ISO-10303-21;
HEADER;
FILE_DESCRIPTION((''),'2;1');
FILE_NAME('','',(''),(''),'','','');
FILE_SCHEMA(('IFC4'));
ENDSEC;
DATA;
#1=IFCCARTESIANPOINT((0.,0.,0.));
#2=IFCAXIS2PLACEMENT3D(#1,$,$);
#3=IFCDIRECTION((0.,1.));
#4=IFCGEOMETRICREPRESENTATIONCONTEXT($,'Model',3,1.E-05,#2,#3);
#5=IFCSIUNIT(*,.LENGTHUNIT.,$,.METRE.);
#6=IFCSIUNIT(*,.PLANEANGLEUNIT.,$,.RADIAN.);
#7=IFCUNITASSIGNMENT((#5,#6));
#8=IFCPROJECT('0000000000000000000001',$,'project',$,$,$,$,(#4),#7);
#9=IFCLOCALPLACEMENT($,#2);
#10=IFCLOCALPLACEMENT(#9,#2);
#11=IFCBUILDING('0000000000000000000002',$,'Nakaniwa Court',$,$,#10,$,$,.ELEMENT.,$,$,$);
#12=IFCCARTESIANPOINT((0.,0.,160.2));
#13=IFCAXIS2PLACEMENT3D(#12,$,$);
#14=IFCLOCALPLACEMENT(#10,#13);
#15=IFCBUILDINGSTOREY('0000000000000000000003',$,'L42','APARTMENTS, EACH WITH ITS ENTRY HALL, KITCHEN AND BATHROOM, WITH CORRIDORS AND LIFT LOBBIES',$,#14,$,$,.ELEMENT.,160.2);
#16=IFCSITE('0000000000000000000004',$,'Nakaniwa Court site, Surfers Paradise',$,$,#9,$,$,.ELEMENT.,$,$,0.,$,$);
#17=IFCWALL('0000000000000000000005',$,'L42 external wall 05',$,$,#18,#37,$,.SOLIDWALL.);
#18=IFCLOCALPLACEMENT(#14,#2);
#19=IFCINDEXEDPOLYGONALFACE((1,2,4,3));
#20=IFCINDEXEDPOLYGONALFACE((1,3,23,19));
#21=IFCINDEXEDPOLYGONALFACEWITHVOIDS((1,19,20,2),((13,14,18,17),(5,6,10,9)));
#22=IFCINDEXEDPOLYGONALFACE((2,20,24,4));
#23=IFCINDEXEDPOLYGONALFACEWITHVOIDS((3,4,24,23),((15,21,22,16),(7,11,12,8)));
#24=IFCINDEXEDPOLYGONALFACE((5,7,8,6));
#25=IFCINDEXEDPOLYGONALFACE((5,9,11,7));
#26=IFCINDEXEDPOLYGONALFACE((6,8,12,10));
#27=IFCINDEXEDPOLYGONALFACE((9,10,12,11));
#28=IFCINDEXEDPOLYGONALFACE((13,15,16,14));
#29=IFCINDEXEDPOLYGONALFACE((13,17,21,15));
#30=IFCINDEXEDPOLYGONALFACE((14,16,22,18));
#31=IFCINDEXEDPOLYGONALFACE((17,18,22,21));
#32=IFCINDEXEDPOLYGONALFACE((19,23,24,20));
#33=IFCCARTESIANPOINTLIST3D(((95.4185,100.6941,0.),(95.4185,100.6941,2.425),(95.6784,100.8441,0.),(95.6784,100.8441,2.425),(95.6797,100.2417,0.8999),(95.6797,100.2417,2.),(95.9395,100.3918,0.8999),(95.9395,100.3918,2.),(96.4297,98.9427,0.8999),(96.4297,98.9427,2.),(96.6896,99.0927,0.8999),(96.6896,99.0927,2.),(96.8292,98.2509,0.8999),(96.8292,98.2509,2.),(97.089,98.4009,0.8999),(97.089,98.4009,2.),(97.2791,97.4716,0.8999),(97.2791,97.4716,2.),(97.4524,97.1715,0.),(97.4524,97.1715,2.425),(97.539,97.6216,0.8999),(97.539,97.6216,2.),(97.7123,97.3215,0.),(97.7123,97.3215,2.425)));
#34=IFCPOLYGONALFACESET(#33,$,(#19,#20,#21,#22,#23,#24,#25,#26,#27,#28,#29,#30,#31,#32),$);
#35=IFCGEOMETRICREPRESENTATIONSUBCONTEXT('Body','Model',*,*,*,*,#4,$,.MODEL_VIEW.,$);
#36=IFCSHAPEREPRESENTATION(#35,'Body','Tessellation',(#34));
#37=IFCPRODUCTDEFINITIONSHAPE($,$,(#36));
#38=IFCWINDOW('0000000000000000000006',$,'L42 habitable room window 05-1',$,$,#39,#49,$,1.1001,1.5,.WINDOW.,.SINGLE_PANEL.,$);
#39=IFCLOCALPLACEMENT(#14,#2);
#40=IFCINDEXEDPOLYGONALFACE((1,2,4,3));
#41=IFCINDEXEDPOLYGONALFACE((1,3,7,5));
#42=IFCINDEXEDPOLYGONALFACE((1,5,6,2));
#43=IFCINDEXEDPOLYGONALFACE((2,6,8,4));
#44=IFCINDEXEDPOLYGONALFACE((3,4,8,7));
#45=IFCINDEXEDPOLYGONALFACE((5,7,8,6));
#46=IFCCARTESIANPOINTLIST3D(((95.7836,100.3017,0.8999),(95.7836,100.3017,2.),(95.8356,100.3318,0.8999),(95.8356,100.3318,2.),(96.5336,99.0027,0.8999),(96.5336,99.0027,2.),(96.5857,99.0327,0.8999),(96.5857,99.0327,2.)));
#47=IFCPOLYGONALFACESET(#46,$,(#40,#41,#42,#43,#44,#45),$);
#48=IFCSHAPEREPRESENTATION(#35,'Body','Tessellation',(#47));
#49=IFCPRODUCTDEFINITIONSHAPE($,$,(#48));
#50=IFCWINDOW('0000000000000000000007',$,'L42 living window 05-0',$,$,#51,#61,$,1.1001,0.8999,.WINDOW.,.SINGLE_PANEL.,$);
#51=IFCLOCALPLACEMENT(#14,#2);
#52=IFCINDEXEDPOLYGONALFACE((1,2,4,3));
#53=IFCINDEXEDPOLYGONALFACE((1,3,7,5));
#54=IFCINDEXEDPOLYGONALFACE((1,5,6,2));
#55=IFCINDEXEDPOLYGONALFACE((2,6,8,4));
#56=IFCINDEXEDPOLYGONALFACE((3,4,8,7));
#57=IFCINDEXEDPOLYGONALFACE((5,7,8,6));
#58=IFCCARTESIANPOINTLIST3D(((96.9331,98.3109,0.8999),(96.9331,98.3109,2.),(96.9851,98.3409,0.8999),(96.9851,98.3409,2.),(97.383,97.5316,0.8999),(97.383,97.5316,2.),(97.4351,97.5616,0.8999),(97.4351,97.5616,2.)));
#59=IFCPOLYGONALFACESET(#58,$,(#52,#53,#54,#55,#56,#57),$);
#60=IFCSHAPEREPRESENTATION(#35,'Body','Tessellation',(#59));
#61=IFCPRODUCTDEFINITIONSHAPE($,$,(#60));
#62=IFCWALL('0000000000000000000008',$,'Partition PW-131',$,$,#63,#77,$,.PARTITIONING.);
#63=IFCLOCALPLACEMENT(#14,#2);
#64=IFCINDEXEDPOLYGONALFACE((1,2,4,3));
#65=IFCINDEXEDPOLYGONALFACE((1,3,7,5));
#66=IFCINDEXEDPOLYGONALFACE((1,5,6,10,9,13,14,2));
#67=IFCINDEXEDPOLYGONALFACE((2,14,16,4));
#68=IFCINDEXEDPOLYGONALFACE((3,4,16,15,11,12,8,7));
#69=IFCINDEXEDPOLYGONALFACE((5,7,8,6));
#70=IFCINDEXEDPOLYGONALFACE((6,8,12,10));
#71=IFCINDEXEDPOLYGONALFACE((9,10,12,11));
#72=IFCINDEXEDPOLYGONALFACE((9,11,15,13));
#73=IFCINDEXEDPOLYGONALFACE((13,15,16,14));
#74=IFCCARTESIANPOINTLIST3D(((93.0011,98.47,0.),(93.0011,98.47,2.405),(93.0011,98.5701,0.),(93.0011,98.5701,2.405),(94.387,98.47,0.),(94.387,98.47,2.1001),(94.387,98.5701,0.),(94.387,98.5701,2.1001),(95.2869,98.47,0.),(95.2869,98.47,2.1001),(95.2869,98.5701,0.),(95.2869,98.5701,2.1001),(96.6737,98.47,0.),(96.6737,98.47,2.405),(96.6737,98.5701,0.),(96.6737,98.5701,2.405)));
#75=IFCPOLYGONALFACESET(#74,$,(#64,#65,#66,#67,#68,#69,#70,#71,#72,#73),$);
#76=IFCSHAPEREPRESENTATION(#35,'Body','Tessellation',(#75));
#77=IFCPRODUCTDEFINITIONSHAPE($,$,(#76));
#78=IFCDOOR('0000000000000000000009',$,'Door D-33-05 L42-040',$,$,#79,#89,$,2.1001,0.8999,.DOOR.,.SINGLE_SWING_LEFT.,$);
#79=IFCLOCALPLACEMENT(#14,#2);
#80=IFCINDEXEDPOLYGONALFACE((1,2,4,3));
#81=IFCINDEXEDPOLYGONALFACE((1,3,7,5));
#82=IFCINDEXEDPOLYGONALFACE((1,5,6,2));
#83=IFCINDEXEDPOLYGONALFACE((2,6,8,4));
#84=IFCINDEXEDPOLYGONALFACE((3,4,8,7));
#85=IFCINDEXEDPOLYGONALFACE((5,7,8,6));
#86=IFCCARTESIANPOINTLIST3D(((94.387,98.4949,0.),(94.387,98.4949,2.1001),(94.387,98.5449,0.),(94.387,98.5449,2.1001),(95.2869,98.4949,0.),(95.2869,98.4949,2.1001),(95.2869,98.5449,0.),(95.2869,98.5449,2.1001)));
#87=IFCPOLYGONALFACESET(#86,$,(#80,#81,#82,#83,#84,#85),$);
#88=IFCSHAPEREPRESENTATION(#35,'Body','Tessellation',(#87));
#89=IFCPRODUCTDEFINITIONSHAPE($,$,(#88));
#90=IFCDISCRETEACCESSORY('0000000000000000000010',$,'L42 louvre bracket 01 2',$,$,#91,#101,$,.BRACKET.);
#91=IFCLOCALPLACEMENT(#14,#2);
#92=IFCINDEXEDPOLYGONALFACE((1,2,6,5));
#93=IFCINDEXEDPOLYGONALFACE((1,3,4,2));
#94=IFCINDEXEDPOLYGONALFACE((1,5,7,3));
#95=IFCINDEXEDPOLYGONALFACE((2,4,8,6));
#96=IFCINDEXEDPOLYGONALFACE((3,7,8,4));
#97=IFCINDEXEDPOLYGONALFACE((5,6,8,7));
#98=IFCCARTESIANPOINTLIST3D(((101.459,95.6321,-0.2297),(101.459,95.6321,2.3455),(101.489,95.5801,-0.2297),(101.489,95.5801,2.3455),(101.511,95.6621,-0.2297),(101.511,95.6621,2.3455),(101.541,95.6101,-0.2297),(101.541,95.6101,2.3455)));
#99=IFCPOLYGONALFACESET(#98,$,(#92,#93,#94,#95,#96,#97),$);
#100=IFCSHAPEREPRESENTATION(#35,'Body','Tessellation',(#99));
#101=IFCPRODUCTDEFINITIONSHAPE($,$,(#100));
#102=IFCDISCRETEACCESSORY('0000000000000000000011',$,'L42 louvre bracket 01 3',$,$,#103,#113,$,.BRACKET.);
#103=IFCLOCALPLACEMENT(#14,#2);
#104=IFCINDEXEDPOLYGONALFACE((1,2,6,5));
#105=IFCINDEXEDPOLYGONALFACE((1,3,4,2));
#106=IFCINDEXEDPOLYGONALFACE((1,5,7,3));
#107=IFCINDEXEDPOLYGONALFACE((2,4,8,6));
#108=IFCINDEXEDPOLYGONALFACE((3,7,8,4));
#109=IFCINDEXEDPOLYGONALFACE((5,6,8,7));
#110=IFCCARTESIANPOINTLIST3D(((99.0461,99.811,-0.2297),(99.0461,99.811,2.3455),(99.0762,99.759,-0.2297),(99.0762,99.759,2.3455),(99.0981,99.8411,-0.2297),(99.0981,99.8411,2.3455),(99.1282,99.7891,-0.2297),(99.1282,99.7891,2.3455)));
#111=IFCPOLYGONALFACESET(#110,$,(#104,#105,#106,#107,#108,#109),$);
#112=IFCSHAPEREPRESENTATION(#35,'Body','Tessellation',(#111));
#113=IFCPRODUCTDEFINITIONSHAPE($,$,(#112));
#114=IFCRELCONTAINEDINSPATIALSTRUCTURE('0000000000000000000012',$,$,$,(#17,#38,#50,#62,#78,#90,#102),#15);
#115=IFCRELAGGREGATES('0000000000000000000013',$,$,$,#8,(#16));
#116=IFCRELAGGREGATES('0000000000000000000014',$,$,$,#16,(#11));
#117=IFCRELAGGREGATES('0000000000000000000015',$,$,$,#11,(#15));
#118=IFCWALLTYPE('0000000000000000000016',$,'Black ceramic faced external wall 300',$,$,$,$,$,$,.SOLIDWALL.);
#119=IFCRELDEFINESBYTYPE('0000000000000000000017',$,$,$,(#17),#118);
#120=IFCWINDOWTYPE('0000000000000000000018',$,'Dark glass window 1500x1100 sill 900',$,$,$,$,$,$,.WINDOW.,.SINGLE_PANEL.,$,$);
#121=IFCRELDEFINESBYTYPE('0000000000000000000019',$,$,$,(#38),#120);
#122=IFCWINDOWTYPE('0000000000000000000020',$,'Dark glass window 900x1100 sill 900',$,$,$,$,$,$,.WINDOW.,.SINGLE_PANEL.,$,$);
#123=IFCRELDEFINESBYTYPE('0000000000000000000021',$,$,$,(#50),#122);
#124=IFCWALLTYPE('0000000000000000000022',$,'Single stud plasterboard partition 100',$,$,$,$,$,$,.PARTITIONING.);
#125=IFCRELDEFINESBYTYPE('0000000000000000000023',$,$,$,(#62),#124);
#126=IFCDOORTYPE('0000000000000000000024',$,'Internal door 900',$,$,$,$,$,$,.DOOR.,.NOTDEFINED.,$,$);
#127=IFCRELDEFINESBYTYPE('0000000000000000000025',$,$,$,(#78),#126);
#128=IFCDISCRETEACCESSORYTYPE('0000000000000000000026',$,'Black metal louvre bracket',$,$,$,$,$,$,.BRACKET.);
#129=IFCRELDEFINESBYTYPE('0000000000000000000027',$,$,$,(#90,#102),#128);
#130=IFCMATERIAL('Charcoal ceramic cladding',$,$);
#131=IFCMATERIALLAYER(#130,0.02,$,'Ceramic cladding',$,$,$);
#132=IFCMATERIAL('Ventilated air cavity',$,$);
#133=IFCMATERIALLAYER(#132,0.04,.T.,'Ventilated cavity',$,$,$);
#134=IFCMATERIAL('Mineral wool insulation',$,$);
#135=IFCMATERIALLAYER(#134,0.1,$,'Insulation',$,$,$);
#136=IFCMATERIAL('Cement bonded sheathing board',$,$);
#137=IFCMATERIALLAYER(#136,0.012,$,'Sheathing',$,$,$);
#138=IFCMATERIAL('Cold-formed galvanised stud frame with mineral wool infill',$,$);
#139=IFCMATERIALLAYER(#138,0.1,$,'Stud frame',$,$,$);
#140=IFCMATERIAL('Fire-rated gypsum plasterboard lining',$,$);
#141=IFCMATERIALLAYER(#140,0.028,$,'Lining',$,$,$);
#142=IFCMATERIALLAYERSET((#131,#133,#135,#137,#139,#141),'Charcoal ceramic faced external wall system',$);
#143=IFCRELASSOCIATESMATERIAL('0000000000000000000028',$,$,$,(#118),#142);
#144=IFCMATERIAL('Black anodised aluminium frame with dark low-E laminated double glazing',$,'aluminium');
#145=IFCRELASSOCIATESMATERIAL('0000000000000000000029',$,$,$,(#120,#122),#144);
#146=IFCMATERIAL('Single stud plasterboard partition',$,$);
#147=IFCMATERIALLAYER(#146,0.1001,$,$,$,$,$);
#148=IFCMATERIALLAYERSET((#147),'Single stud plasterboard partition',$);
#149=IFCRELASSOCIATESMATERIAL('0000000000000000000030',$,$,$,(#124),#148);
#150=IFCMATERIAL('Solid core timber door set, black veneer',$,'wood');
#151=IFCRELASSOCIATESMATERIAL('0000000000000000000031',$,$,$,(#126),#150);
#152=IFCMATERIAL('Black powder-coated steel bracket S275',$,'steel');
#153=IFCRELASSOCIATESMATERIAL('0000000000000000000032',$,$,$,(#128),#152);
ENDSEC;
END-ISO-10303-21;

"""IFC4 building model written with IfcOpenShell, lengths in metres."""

from ifc_helpers import new_model, si_unit, direction, frame, frame_2d, origin, origin_2d, place, context, subcontext, project, spatial, rectangle, extrude, material, layer, layer_set, type_object, element, fill, save


model = new_model("IFC4")

# Units and contexts
model_context = context("Model", 3, precision=1e-05, world=origin(), true_north=direction((0.0, 1.0)))
body_context = subcontext(model_context, "Body", "Model", "MODEL_VIEW")
ifc_project = project(units=[si_unit("LENGTHUNIT", "METRE"), si_unit("PLANEANGLEUNIT", "RADIAN")], contexts=[model_context])

# Site, building, storey
site_placement = place(None, origin())
site = spatial("IfcSite", under=ifc_project, at=site_placement, Name="Nakaniwa Court site, Surfers Paradise", CompositionType="ELEMENT", RefElevation=0.0)
building_placement = place(site_placement, origin())
building = spatial("IfcBuilding", under=site, at=building_placement, Name="Nakaniwa Court", CompositionType="ELEMENT")
storey_placement = place(building_placement, frame((0.0, 0.0, 160.2)))
storey = spatial("IfcBuildingStorey", under=building, at=storey_placement, Name="L42", Description="APARTMENTS, EACH WITH ITS ENTRY HALL, KITCHEN AND BATHROOM, WITH CORRIDORS AND LIFT LOBBIES", CompositionType="ELEMENT", Elevation=160.2)

# Shared definitions
ifc_material_1 = material(Name="Solid core timber door set, black veneer", Category="wood")

# Shared definitions
ifc_material_2 = material(Name="Charcoal ceramic cladding")
ifc_layer_1 = layer(ifc_material_2, 0.02, Name="Ceramic cladding")
ifc_material_3 = material(Name="Ventilated air cavity")
ifc_layer_2 = layer(ifc_material_3, 0.04, ventilated=True, Name="Ventilated cavity")
ifc_material_4 = material(Name="Mineral wool insulation")
ifc_layer_3 = layer(ifc_material_4, 0.1, Name="Insulation")
ifc_material_5 = material(Name="Cement bonded sheathing board")
ifc_layer_4 = layer(ifc_material_5, 0.012, Name="Sheathing")
ifc_material_6 = material(Name="Cold-formed galvanised stud frame with mineral wool infill")
ifc_layer_5 = layer(ifc_material_6, 0.1, Name="Stud frame")
ifc_material_7 = material(Name="Fire-rated gypsum plasterboard lining")
ifc_layer_6 = layer(ifc_material_7, 0.028, Name="Lining")
ifc_layer_set_1 = layer_set([ifc_layer_1, ifc_layer_2, ifc_layer_3, ifc_layer_4, ifc_layer_5, ifc_layer_6], Name="Charcoal ceramic faced external wall system")
wall_type_1 = type_object("IfcWallType", Name="Black ceramic faced external wall 300", PredefinedType="SOLIDWALL", material=ifc_layer_set_1)

# Wall, openings, windows
wall_1_placement = place(storey_placement, frame((97.5823, 97.2466, 0.0), z_axis=(0.0, 0.0, 1.0), x_axis=(-0.500019, 0.866015, 0.0)))
wall_1 = element("IfcWall", 1, at=wall_1_placement, inside=storey, type_object=wall_type_1, Name="L42 external wall 05", PredefinedType="SOLIDWALL", context=body_context, shape_type="SweptSolid", body=[
    extrude(rectangle(XDim=4.0676, YDim=0.3, at=frame_2d((2.0337, 0.0))), origin(), (0.0, 0.0, 1.0), 2.425),
])
opening_1_placement = place(wall_1_placement, frame((0.3464, 0.0, 0.8999)))
opening_1 = element("IfcOpeningElement", 2, at=opening_1_placement, cuts=wall_1, PredefinedType="OPENING", context=body_context, shape_type="SweptSolid", body=[
    extrude(rectangle(XDim=0.8999, YDim=1.1001, at=frame_2d((0.45, 0.55))), frame((0.0, 0.1599, 0.0), z_axis=(0.0, -1.0, 0.0), x_axis=(1.0, 0.0, 0.0)), (0.0, 0.0, 1.0), 0.3201),
])
opening_2_placement = place(wall_1_placement, frame((2.0452, 0.0, 0.8999)))
opening_2 = element("IfcOpeningElement", 3, at=opening_2_placement, cuts=wall_1, PredefinedType="OPENING", context=body_context, shape_type="SweptSolid", body=[
    extrude(rectangle(XDim=1.5, YDim=1.1001, at=frame_2d((0.75, 0.55))), frame((0.0, 0.1599, 0.0), z_axis=(0.0, -1.0, 0.0), x_axis=(1.0, 0.0, 0.0)), (0.0, 0.0, 1.0), 0.3201),
])
ifc_material_8 = material(Name="Black anodised aluminium frame with dark low-E laminated double glazing", Category="aluminium")
window_type_1 = type_object("IfcWindowType", Name="Dark glass window 1500x1100 sill 900", PartitioningType="SINGLE_PANEL", PredefinedType="WINDOW", material=ifc_material_8)
window_1_placement = place(opening_2_placement, origin())
window_1 = element("IfcWindow", 4, at=window_1_placement, inside=storey, type_object=window_type_1, Name="L42 habitable room window 05-1", OverallHeight=1.1001, OverallWidth=1.5, PartitioningType="SINGLE_PANEL", PredefinedType="WINDOW", context=body_context, shape_type="SweptSolid", body=[
    extrude(rectangle(XDim=1.5, YDim=1.1001, at=frame_2d((0.75, 0.55))), frame((0.0, 0.03, 0.0), z_axis=(0.0, -1.0, 0.0), x_axis=(1.0, 0.0, 0.0)), (0.0, 0.0, 1.0), 0.0601),
])
fill(opening_2, window_1)
window_type_2 = type_object("IfcWindowType", Name="Dark glass window 900x1100 sill 900", PartitioningType="SINGLE_PANEL", PredefinedType="WINDOW", material=ifc_material_8)
window_2_placement = place(opening_1_placement, origin())
window_2 = element("IfcWindow", 5, at=window_2_placement, inside=storey, type_object=window_type_2, Name="L42 living window 05-0", OverallHeight=1.1001, OverallWidth=0.8999, PartitioningType="SINGLE_PANEL", PredefinedType="WINDOW", context=body_context, shape_type="SweptSolid", body=[
    extrude(rectangle(XDim=0.8999, YDim=1.1001, at=frame_2d((0.45, 0.55))), frame((0.0, 0.03, 0.0), z_axis=(0.0, -1.0, 0.0), x_axis=(1.0, 0.0, 0.0)), (0.0, 0.0, 1.0), 0.0601),
])
fill(opening_1, window_2)

# Wall, opening, door
ifc_material_9 = material(Name="Single stud plasterboard partition")
ifc_layer_7 = layer(ifc_material_9, 0.1001)
ifc_layer_set_2 = layer_set([ifc_layer_7], Name="Single stud plasterboard partition")
wall_type_2 = type_object("IfcWallType", Name="Single stud plasterboard partition 100", PredefinedType="PARTITIONING", material=ifc_layer_set_2)
wall_2_placement = place(storey_placement, frame((93.001, 98.52, 0.0), z_axis=(0.0, 0.0, 1.0), x_axis=(1.0, 0.0, 0.0)))
wall_2 = element("IfcWall", 6, at=wall_2_placement, inside=storey, type_object=wall_type_2, Name="Partition PW-131", PredefinedType="PARTITIONING", context=body_context, shape_type="SweptSolid", body=[
    extrude(rectangle(XDim=3.6726, YDim=0.1001, at=frame_2d((1.8364, 0.0))), origin(), (0.0, 0.0, 1.0), 2.405),
])
opening_3_placement = place(wall_2_placement, frame((1.386, 0.0, 0.0)))
opening_3 = element("IfcOpeningElement", 7, at=opening_3_placement, cuts=wall_2, PredefinedType="OPENING", context=body_context, shape_type="SweptSolid", body=[
    extrude(rectangle(XDim=0.8999, YDim=2.1001, at=frame_2d((0.45, 1.05))), frame((0.0, 0.0601, 0.0), z_axis=(0.0, -1.0, 0.0), x_axis=(1.0, 0.0, 0.0)), (0.0, 0.0, 1.0), 0.1201),
])
door_type_1 = type_object("IfcDoorType", Name="Internal door 900", OperationType="NOTDEFINED", PredefinedType="DOOR", material=ifc_material_1)
door_1_placement = place(opening_3_placement, origin())
door_1 = element("IfcDoor", 8, at=door_1_placement, inside=storey, type_object=door_type_1, Name="Door D-33-05 L42-040", OperationType="SINGLE_SWING_LEFT", OverallHeight=2.1001, OverallWidth=0.8999, PredefinedType="DOOR", context=body_context, shape_type="SweptSolid", body=[
    extrude(rectangle(XDim=0.8999, YDim=2.1001, at=frame_2d((0.45, 1.05))), frame((0.0, 0.0249, 0.0), z_axis=(0.0, -1.0, 0.0), x_axis=(1.0, 0.0, 0.0)), (0.0, 0.0, 1.0), 0.05),
])
fill(opening_3, door_1)

# Discrete accessories
ifc_material_10 = material(Name="Black powder-coated steel bracket S275", Category="steel")
discrete_accessory_type = type_object("IfcDiscreteAccessoryType", Name="Black metal louvre bracket", PredefinedType="BRACKET", material=ifc_material_10)
for number, where, z_axis, x_axis, name in (
    (9, (101.5, 95.6211, -0.2297), (0.0, 0.0, 1.0), (-0.500005, 0.866023, 0.0), "L42 louvre bracket 01 2"),
    (10, (99.0872, 99.8, -0.2297), (0.0, 0.0, 1.0), (-0.500005, 0.866023, 0.0), "L42 louvre bracket 01 3"),
):
    element("IfcDiscreteAccessory", number, at=place(storey_placement, frame(where, z_axis=z_axis, x_axis=x_axis)), inside=storey, type_object=discrete_accessory_type, Name=name, PredefinedType="BRACKET", context=body_context, shape_type="SweptSolid", body=[
        extrude(rectangle(XDim=0.0601, YDim=0.0601, at=origin_2d()), origin(), (0.0, 0.0, 1.0), 2.5752),
    ])

save(model, "model.ifc")
